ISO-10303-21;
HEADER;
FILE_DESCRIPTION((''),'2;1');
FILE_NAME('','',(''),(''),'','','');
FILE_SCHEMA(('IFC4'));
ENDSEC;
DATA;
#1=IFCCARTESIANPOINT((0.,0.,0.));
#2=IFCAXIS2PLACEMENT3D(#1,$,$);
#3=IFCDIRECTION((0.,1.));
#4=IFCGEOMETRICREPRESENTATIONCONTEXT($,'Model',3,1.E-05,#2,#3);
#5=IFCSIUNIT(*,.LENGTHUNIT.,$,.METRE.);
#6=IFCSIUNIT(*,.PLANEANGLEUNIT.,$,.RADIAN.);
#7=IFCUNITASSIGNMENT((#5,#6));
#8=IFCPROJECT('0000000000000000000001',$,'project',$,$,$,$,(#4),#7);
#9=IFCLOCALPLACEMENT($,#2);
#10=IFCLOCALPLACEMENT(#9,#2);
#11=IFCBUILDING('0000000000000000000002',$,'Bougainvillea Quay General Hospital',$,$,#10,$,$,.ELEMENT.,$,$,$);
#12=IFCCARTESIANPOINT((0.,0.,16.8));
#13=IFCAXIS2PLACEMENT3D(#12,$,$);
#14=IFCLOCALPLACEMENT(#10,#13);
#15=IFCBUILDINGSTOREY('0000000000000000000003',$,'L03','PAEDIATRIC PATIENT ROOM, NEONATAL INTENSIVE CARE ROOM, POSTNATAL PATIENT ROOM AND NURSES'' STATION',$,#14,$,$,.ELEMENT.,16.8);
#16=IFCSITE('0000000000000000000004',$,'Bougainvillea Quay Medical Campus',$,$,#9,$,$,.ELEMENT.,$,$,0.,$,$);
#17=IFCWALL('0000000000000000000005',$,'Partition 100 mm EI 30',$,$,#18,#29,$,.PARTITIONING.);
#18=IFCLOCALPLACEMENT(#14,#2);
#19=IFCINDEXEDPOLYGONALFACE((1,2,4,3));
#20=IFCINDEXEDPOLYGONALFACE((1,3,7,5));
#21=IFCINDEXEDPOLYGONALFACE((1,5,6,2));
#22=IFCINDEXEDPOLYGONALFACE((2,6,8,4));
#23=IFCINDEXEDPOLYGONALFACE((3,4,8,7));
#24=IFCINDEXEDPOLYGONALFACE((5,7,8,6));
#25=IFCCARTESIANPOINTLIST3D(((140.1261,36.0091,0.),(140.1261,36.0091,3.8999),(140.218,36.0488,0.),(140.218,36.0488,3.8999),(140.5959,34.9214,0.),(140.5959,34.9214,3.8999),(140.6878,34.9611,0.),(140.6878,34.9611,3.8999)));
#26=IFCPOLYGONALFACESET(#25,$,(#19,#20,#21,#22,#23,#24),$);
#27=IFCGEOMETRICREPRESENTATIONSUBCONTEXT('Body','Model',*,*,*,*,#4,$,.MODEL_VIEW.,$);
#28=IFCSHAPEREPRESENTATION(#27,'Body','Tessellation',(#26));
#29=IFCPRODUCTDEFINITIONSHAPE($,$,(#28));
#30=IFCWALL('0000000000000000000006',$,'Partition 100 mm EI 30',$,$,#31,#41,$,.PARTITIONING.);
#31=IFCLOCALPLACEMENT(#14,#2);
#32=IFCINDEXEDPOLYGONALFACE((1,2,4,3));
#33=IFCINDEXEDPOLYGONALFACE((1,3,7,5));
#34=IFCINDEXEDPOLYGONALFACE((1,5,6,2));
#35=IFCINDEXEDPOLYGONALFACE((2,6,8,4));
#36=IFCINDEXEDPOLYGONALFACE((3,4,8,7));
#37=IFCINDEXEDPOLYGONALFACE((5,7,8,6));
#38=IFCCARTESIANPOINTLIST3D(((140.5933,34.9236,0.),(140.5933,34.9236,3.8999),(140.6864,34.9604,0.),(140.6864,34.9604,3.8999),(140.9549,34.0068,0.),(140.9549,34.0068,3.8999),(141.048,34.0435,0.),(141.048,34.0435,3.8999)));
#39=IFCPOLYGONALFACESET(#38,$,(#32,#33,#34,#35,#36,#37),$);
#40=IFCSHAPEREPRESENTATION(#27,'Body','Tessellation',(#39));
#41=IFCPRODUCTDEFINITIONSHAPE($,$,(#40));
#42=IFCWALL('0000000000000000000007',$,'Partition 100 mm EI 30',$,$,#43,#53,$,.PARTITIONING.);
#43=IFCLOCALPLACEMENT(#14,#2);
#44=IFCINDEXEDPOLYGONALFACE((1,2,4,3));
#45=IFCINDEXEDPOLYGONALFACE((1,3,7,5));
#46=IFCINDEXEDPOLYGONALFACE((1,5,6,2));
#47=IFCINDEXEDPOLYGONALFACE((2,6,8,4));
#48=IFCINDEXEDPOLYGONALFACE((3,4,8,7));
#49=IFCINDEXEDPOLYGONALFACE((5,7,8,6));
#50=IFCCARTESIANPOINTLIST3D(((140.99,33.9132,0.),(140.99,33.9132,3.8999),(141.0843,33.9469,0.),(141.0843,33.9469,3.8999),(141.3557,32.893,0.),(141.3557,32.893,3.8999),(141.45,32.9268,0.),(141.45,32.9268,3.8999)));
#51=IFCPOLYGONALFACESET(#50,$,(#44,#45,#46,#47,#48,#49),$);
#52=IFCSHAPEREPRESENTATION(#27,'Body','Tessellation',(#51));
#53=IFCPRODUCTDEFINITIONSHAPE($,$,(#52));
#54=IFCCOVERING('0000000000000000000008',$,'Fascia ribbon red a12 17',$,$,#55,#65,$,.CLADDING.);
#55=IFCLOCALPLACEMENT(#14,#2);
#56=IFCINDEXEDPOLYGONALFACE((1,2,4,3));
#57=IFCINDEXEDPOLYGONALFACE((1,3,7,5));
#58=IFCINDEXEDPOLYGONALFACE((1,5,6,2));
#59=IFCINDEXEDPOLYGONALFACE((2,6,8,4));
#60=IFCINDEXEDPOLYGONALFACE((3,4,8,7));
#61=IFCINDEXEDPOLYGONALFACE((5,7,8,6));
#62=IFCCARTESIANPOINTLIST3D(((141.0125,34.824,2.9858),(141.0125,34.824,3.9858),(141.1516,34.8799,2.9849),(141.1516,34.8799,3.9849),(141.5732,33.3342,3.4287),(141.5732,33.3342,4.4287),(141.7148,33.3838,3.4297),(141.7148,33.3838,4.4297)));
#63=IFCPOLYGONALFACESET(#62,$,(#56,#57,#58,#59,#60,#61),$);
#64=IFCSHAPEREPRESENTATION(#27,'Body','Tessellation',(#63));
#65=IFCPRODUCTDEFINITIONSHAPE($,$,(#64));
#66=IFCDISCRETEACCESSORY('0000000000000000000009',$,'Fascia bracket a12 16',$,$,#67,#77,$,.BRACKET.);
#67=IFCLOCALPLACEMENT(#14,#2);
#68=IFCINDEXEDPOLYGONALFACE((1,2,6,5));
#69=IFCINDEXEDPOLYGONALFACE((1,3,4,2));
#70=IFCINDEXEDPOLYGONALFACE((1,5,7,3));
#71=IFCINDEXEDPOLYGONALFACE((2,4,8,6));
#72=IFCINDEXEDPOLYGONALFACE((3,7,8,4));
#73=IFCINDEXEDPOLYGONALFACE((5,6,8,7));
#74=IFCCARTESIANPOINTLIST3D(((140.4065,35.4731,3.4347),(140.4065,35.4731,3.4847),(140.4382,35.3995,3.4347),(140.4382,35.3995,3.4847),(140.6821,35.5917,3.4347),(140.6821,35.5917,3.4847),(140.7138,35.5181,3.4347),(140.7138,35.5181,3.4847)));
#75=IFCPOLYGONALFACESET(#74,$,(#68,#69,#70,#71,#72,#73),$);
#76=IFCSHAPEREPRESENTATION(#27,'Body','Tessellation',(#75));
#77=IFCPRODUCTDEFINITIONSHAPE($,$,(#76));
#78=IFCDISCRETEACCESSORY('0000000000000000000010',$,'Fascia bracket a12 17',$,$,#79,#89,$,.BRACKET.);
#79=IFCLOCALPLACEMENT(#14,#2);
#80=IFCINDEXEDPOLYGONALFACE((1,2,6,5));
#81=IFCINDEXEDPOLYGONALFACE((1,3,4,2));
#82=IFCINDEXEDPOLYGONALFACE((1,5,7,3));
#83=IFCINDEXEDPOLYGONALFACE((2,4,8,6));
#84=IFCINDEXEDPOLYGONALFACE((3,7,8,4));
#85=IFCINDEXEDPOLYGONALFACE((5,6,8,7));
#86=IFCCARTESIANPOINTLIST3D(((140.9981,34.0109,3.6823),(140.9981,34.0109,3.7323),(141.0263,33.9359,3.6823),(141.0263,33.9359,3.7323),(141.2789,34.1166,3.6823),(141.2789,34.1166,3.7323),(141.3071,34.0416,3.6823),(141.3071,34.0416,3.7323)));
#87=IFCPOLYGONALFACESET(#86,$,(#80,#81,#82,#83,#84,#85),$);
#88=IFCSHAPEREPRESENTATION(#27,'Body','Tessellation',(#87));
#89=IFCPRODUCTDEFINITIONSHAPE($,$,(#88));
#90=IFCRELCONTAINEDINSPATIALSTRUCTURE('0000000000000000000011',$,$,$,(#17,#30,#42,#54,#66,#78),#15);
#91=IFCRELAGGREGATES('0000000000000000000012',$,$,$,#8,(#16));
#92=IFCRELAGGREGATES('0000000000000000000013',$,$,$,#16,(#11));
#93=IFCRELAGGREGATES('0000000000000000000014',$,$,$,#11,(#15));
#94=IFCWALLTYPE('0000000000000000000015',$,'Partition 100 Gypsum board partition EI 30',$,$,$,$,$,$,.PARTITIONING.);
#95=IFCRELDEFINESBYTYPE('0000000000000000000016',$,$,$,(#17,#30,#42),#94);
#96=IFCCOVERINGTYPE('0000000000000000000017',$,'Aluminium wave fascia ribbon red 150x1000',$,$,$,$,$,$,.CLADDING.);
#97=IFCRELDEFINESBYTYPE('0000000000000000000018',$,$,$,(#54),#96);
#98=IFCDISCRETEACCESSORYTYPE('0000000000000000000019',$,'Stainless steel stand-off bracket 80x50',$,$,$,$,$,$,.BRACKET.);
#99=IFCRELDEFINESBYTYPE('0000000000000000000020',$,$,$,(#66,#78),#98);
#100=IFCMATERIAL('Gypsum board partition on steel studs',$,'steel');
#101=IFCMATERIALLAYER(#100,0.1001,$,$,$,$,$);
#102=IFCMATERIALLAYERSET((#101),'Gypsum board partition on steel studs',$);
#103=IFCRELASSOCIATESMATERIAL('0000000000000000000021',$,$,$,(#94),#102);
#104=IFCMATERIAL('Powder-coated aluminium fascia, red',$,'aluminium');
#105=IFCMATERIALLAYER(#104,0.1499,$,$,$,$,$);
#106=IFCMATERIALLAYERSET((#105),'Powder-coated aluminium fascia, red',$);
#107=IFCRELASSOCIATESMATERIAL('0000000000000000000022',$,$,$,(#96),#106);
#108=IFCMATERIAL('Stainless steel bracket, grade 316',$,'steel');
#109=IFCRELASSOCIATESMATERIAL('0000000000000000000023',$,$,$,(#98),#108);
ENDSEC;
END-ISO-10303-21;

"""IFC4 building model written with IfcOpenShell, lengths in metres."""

from ifc_helpers import new_model, si_unit, direction, frame, frame_2d, origin, origin_2d, place, context, subcontext, project, spatial, polyline, rectangle, outline, extrude, material, layer, layer_set, material_profile, profile_set, type_object, element, save


model = new_model("IFC4")

# Units and contexts
model_context = context("Model", 3, precision=1e-05, world=origin(), true_north=direction((0.0, 1.0)))
body_context = subcontext(model_context, "Body", "Model", "MODEL_VIEW")
ifc_project = project(units=[si_unit("LENGTHUNIT", "METRE"), si_unit("PLANEANGLEUNIT", "RADIAN")], contexts=[model_context])

# Site, building, storey
site_placement = place(None, origin())
site = spatial("IfcSite", under=ifc_project, at=site_placement, Name="Bougainvillea Quay Medical Campus", CompositionType="ELEMENT", RefElevation=0.0)
building_placement = place(site_placement, origin())
building = spatial("IfcBuilding", under=site, at=building_placement, Name="Bougainvillea Quay General Hospital", CompositionType="ELEMENT")
storey_placement = place(building_placement, frame((0.0, 0.0, 16.8)))
storey = spatial("IfcBuildingStorey", under=building, at=storey_placement, Name="L03", Description="PAEDIATRIC PATIENT ROOM, NEONATAL INTENSIVE CARE ROOM, POSTNATAL PATIENT ROOM AND NURSES' STATION", CompositionType="ELEMENT", Elevation=16.8)

# Walls
ifc_material_1 = material(Name="Gypsum board partition on steel studs", Category="steel")
ifc_layer_1 = layer(ifc_material_1, 0.1001)
ifc_layer_set_1 = layer_set([ifc_layer_1], Name="Gypsum board partition on steel studs")
wall_type = type_object("IfcWallType", Name="Partition 100 Gypsum board partition EI 30", PredefinedType="PARTITIONING", material=ifc_layer_set_1)
wall_1_placement = place(storey_placement, frame((140.1721, 36.0288, 0.0), z_axis=(0.0, 0.0, 1.0), x_axis=(0.396479, -0.918044, 0.0)))
element("IfcWall", 1, at=wall_1_placement, inside=storey, type_object=wall_type, Name="Partition 100 mm EI 30", PredefinedType="PARTITIONING", context=body_context, shape_type="SweptSolid", body=[
    extrude(rectangle(XDim=1.1848, YDim=0.1001, at=frame_2d((0.5923, 0.0))), origin(), (0.0, 0.0, 1.0), 3.8999),
])
wall_2_placement = place(storey_placement, frame((140.6399, 34.9419, 0.0), z_axis=(0.0, 0.0, 1.0), x_axis=(0.366901, -0.93026, 0.0)))
element("IfcWall", 2, at=wall_2_placement, inside=storey, type_object=wall_type, Name="Partition 100 mm EI 30", PredefinedType="PARTITIONING", context=body_context, shape_type="SweptSolid", body=[
    extrude(rectangle(XDim=0.9856, YDim=0.1001, at=frame_2d((0.4927, 0.0))), origin(), (0.0, 0.0, 1.0), 3.8999),
])
wall_3_placement = place(storey_placement, frame((141.0371, 33.9302, 0.0), z_axis=(0.0, 0.0, 1.0), x_axis=(0.337435, -0.941349, 0.0)))
element("IfcWall", 3, at=wall_3_placement, inside=storey, type_object=wall_type, Name="Partition 100 mm EI 30", PredefinedType="PARTITIONING", context=body_context, shape_type="SweptSolid", body=[
    extrude(rectangle(XDim=1.0837, YDim=0.1001, at=frame_2d((0.542, 0.0))), origin(), (0.0, 0.0, 1.0), 3.8999),
])

# Covering
ifc_material_2 = material(Name="Powder-coated aluminium fascia, red", Category="aluminium")
ifc_layer_2 = layer(ifc_material_2, 0.1499)
ifc_layer_set_2 = layer_set([ifc_layer_2], Name="Powder-coated aluminium fascia, red")
covering_type = type_object("IfcCoveringType", Name="Aluminium wave fascia ribbon red 150x1000", PredefinedType="CLADDING", material=ifc_layer_set_2)
covering_placement = place(storey_placement, frame((141.0125, 34.824, 2.9858), z_axis=(-0.094264, 0.250935, 0.963403), x_axis=(0.339407, -0.901637, 0.268057)))
element("IfcCovering", 4, at=covering_placement, inside=storey, type_object=covering_type, Name="Fascia ribbon red a12 17", PredefinedType="CLADDING", context=body_context, shape_type="SweptSolid", body=[
    extrude(outline(polyline([(0.0, 0.0), (1.6523, 0.0), (1.6559, 0.15), (-0.0034, 0.1499), (0.0, 0.0)])), origin(), (0.268057, -0.000177, 0.963403), 1.0),
])

# Discrete accessories
ifc_material_3 = material(Name="Stainless steel bracket, grade 316", Category="steel")
ifc_material_profile_1 = material_profile(ifc_material_3, rectangle(XDim=0.0801, YDim=0.05, at=origin_2d()))
ifc_profile_set_1 = profile_set([ifc_material_profile_1], Name="Stainless steel bracket, grade 316")
discrete_accessory_type = type_object("IfcDiscreteAccessoryType", Name="Stainless steel stand-off bracket 80x50", PredefinedType="BRACKET", material=ifc_profile_set_1)
for number, where, z_axis, x_axis, name in (
    (5, (140.4224, 35.4363, 3.4597), (0.918513, 0.395392, 0.0), (-0.395392, 0.918513, 0.0), "Fascia bracket a12 16"),
    (6, (141.0122, 33.9734, 3.7073), (0.93586, 0.352372, 0.0), (-0.352372, 0.93586, 0.0), "Fascia bracket a12 17"),
):
    element("IfcDiscreteAccessory", number, at=place(storey_placement, frame(where, z_axis=z_axis, x_axis=x_axis)), inside=storey, type_object=discrete_accessory_type, Name=name, PredefinedType="BRACKET", context=body_context, shape_type="SweptSolid", body=[
        extrude(rectangle(XDim=0.0801, YDim=0.05, at=origin_2d()), origin(), (0.0, 0.0, 1.0), 0.3),
    ])

save(model, "model.ifc")
